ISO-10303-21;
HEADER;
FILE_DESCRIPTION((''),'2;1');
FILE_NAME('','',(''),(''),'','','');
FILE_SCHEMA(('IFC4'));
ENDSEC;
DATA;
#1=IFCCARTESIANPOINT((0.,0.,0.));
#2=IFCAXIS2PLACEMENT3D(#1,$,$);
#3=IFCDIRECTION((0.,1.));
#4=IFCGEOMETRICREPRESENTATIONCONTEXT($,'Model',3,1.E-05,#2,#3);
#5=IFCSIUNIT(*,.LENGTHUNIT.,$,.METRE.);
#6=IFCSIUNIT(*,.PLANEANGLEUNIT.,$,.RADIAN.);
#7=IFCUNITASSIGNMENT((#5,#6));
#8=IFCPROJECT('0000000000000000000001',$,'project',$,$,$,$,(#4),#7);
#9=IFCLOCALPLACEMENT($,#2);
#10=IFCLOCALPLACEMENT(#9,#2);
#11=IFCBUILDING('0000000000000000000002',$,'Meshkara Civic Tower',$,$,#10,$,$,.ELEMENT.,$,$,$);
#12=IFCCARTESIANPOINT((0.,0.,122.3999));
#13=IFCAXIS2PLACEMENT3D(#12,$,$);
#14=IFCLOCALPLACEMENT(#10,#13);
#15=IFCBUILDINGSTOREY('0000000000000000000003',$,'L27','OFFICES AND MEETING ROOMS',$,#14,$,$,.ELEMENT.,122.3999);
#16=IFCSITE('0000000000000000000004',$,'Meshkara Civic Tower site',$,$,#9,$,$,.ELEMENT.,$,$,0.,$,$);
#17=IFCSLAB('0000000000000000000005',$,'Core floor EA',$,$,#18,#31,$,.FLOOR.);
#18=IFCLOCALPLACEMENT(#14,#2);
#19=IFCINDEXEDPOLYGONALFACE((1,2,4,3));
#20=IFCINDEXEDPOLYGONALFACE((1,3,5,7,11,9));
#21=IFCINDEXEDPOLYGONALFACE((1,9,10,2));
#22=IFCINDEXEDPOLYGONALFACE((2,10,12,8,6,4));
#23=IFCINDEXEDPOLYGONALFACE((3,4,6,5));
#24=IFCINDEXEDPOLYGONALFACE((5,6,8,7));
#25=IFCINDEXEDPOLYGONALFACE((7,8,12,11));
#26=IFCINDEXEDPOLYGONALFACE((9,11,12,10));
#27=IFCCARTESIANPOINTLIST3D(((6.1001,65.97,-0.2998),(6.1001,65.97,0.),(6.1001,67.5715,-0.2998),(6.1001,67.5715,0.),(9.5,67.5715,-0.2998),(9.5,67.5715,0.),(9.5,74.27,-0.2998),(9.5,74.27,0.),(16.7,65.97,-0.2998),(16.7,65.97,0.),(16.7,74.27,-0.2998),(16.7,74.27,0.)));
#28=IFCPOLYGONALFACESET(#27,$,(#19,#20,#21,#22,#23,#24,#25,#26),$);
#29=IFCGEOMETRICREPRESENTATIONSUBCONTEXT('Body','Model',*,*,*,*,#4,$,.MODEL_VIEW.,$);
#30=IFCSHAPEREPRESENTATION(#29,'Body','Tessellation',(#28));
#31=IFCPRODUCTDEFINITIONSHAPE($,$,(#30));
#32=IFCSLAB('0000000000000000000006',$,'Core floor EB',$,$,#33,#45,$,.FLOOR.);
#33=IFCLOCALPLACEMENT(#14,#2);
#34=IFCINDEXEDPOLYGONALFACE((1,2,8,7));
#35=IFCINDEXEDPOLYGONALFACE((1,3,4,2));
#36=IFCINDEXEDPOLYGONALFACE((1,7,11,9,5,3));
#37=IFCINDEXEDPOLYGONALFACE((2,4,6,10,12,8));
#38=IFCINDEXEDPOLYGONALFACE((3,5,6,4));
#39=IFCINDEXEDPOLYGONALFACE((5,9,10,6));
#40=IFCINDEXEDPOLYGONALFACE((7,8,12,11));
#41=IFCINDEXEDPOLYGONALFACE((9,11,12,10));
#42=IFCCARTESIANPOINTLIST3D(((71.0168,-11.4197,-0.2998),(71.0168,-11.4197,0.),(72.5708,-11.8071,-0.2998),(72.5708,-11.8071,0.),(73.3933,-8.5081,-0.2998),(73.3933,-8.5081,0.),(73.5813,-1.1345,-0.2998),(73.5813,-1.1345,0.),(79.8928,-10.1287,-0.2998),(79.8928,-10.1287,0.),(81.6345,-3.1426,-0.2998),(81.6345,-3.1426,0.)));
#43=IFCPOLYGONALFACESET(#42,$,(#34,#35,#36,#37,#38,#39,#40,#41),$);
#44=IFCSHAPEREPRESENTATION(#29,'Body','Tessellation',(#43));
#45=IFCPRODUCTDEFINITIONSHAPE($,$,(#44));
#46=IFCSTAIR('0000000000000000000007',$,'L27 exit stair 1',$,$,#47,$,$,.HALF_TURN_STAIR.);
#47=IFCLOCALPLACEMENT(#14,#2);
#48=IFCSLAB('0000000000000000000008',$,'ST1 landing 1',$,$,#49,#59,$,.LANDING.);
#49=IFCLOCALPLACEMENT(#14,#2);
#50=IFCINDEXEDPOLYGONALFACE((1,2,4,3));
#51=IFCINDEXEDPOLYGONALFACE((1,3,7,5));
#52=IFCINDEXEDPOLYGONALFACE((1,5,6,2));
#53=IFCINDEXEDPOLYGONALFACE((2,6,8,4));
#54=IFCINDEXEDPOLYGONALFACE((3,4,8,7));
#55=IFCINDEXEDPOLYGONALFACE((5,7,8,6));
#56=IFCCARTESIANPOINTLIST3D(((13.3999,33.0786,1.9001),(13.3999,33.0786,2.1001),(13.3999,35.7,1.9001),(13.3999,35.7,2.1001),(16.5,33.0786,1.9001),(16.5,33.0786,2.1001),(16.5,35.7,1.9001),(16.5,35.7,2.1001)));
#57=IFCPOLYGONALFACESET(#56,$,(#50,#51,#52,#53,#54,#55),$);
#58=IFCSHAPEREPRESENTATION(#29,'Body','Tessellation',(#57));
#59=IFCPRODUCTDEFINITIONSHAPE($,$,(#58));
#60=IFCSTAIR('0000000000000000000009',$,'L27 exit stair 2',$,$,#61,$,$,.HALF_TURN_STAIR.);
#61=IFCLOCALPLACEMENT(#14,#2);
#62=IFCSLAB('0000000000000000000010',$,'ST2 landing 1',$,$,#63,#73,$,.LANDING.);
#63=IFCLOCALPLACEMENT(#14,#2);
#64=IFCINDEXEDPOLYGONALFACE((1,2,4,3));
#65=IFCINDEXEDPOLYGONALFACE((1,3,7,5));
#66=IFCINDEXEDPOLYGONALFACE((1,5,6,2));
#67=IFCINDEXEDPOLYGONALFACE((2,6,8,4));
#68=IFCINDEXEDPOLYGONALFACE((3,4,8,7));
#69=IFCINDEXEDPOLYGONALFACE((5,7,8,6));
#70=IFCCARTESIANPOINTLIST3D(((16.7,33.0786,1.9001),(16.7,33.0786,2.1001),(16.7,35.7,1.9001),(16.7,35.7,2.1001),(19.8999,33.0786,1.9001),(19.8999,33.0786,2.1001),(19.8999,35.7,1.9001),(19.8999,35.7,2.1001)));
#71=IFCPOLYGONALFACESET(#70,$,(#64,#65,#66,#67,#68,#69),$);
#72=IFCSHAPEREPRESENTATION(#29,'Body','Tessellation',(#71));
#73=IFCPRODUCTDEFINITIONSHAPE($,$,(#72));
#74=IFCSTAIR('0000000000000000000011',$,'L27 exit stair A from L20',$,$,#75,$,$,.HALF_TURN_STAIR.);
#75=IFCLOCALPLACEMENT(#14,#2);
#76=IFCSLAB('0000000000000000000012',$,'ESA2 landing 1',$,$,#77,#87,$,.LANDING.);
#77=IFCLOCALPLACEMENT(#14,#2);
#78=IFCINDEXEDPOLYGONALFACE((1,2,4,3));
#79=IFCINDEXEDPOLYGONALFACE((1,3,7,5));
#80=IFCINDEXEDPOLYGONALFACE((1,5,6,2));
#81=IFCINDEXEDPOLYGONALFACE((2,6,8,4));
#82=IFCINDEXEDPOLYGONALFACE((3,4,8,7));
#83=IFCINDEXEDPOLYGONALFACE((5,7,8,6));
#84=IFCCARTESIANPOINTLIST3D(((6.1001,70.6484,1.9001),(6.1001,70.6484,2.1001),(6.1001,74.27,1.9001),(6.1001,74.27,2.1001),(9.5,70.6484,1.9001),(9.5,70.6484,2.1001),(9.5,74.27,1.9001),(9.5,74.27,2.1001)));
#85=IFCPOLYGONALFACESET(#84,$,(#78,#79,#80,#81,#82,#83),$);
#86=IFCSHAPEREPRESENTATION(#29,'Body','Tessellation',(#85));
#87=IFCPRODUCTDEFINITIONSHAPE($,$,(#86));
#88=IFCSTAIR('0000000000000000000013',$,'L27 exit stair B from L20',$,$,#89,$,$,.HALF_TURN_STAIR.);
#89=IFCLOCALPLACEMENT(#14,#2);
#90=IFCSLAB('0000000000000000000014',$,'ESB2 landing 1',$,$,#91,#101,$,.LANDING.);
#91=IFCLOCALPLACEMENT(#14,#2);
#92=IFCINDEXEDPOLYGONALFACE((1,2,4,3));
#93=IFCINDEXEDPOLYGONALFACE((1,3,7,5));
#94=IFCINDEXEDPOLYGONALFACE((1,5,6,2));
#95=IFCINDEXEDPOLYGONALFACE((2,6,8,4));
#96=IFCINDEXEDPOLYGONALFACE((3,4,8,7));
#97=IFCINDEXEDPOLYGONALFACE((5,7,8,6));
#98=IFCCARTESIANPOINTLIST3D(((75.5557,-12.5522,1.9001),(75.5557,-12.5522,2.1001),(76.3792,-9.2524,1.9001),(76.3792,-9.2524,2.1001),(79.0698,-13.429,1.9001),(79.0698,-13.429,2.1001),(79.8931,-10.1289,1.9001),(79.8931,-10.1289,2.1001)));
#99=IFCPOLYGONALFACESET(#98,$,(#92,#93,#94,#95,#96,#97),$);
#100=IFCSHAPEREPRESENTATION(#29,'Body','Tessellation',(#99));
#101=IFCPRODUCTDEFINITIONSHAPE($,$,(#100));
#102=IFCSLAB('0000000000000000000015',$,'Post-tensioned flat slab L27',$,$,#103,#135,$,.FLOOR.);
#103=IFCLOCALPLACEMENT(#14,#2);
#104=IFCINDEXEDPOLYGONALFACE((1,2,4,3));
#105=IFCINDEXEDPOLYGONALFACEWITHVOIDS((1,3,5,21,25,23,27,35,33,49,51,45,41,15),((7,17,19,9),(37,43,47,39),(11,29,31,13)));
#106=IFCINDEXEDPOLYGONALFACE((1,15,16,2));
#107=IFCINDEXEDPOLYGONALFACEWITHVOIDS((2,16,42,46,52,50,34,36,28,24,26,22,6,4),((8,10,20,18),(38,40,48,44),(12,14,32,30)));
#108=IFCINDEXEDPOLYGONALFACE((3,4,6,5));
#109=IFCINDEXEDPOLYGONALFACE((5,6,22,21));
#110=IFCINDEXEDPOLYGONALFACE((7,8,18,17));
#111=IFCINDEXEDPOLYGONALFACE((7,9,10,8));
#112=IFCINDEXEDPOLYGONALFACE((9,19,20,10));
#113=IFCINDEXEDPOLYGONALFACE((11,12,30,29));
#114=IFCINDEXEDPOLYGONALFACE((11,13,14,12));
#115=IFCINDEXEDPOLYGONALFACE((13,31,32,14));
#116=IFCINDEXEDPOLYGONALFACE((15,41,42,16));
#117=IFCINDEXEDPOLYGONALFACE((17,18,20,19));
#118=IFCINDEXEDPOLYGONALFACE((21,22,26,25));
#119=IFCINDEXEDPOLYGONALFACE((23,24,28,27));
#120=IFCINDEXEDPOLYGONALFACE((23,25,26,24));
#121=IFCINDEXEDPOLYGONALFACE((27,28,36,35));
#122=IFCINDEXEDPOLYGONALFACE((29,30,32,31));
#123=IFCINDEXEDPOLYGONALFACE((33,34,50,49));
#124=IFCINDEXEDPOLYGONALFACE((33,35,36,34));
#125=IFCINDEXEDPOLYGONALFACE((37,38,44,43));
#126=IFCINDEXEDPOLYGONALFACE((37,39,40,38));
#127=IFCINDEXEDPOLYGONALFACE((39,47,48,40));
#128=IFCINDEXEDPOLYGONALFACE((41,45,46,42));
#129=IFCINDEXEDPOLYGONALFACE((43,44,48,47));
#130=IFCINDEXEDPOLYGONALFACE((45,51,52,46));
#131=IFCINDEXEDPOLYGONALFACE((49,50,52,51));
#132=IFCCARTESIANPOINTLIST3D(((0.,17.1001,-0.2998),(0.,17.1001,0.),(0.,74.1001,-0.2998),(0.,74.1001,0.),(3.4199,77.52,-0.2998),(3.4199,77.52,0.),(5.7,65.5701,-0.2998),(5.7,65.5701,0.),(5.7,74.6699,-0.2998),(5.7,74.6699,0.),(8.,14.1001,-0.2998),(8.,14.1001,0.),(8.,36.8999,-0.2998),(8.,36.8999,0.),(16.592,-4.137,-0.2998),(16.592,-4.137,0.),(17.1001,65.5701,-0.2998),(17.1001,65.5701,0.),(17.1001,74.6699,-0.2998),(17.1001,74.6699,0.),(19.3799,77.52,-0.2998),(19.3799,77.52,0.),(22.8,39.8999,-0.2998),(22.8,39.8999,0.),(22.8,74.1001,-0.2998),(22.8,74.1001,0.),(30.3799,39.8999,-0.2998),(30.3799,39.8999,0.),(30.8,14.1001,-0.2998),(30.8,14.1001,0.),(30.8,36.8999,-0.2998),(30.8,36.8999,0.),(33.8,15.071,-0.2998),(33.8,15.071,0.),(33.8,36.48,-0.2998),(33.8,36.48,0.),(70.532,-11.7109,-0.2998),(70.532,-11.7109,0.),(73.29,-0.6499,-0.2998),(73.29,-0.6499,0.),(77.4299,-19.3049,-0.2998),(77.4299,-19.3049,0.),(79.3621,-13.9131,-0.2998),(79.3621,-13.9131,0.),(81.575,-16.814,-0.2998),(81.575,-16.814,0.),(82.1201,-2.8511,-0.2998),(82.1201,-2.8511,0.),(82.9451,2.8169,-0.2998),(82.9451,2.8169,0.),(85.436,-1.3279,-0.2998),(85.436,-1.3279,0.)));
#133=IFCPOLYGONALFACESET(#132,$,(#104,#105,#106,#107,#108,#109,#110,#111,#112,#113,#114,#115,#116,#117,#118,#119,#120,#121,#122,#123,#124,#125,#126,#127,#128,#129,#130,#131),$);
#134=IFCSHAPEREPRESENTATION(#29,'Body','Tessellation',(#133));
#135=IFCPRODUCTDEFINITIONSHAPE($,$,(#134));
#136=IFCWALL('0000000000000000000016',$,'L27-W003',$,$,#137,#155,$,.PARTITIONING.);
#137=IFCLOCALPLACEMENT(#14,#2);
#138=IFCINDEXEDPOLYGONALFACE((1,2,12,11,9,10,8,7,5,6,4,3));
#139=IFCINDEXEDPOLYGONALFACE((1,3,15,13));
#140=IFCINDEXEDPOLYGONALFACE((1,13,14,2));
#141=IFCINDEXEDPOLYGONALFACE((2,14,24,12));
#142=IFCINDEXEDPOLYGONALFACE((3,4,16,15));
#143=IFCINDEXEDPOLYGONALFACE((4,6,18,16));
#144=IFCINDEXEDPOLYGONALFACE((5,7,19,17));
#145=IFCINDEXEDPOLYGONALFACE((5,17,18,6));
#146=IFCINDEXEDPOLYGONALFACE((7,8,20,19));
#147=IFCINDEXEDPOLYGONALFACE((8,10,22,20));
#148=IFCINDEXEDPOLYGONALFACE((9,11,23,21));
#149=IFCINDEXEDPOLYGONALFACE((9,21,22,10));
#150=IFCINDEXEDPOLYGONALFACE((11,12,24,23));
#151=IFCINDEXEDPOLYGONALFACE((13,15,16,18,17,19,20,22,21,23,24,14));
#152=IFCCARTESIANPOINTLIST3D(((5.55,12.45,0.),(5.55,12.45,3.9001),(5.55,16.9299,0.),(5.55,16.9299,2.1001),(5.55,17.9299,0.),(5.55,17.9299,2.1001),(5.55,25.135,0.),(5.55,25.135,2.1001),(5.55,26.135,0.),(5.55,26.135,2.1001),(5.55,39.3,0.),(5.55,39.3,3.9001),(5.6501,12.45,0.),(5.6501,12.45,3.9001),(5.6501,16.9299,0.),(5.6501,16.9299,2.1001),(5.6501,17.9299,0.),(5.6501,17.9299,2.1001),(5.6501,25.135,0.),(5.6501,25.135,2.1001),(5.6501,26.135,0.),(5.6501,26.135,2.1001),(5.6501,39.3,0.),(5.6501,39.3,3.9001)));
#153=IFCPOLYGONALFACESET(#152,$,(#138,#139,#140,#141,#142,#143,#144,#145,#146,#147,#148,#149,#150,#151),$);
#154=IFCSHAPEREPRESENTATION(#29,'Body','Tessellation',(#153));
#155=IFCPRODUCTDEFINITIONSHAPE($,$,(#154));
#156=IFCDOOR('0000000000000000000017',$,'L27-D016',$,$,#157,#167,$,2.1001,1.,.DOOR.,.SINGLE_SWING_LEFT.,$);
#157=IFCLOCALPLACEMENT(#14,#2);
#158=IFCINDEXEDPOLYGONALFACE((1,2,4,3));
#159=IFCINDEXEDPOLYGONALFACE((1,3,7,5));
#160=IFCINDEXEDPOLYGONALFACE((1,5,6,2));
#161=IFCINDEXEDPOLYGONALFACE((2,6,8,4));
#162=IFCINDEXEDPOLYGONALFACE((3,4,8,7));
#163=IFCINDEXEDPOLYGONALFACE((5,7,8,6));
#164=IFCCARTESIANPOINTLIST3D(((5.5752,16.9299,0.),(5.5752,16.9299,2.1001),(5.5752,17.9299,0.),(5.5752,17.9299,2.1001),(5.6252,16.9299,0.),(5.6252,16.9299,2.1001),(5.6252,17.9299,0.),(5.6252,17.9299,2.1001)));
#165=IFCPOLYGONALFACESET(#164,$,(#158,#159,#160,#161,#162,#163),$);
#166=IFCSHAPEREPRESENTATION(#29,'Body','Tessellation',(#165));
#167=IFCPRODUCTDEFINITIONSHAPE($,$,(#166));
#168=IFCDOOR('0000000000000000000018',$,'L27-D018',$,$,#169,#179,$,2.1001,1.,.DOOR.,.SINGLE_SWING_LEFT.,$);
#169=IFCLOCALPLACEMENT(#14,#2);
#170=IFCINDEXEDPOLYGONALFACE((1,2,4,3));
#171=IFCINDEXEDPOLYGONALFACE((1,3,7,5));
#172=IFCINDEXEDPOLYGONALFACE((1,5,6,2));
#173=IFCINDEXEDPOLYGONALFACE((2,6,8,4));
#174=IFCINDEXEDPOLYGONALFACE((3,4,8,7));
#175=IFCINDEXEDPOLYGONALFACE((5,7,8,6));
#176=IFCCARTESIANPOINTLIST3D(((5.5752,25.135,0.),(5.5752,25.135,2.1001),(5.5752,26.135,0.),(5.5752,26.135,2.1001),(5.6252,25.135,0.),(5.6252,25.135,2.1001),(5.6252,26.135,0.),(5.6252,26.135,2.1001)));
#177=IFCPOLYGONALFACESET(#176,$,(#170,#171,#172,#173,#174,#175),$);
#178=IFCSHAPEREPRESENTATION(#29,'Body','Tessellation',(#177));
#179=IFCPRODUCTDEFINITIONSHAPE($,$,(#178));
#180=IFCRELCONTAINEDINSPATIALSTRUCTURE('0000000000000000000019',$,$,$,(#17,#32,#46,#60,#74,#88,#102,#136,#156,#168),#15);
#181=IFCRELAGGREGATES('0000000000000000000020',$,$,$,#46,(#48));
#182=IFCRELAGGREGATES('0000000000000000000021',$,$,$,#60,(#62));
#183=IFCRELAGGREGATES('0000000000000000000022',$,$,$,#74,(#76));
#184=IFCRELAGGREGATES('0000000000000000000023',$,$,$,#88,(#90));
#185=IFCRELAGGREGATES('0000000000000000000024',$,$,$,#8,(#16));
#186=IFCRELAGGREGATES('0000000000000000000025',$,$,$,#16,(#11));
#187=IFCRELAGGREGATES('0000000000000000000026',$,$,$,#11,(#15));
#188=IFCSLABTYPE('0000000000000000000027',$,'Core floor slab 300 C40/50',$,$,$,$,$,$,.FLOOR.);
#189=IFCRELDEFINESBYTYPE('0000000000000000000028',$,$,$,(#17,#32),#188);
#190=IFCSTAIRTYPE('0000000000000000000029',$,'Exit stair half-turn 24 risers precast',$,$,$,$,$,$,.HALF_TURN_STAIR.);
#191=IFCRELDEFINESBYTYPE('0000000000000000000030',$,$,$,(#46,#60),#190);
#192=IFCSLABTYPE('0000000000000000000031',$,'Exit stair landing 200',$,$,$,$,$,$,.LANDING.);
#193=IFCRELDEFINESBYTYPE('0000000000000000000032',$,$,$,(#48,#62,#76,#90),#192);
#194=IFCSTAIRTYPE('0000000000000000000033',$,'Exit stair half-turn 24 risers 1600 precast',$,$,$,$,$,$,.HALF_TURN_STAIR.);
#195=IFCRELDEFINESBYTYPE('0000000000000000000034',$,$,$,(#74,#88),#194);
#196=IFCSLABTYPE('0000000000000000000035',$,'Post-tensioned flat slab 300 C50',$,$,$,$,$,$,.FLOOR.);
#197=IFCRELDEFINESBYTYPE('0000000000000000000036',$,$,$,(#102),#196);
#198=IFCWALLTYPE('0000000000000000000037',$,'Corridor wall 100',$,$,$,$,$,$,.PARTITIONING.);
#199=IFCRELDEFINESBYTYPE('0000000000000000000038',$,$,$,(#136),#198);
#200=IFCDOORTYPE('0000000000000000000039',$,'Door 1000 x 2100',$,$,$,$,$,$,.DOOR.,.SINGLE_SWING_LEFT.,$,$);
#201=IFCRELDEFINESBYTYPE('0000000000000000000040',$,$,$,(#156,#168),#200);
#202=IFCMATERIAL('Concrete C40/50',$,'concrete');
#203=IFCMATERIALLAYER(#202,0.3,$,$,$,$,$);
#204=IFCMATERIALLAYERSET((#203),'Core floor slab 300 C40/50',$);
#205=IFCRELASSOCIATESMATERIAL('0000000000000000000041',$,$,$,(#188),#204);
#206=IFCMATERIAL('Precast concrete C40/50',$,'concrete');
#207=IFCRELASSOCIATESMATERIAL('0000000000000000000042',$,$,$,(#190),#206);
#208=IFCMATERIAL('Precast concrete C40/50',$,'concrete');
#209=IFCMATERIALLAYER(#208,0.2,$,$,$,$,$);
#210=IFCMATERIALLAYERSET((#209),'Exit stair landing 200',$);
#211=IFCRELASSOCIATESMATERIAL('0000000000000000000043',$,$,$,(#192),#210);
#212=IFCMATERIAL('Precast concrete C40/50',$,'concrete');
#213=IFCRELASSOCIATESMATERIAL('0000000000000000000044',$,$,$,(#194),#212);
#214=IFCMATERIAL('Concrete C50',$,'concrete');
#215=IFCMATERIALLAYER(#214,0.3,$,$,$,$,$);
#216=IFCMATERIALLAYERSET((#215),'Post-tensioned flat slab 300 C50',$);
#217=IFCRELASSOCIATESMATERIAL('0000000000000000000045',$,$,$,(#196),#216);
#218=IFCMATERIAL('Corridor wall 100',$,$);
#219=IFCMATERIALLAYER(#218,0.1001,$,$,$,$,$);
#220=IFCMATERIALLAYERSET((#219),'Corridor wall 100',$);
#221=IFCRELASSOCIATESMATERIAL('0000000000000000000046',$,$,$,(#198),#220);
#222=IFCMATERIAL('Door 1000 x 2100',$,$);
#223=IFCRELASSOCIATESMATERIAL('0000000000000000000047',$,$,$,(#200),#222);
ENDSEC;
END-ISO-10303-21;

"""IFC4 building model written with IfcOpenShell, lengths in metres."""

from ifc_helpers import new_model, si_unit, direction, frame, frame_2d, origin, place, context, subcontext, project, spatial, polyline, rectangle, outline, extrude, material, layer, layer_set, type_object, element, fill, aggregate, save


model = new_model("IFC4")

# Units and contexts
model_context = context("Model", 3, precision=1e-05, world=origin(), true_north=direction((0.0, 1.0)))
body_context = subcontext(model_context, "Body", "Model", "MODEL_VIEW")
ifc_project = project(units=[si_unit("LENGTHUNIT", "METRE"), si_unit("PLANEANGLEUNIT", "RADIAN")], contexts=[model_context])

# Site, building, storey
site_placement = place(None, origin())
site = spatial("IfcSite", under=ifc_project, at=site_placement, Name="Meshkara Civic Tower site", CompositionType="ELEMENT", RefElevation=0.0)
building_placement = place(site_placement, origin())
building = spatial("IfcBuilding", under=site, at=building_placement, Name="Meshkara Civic Tower", CompositionType="ELEMENT")
storey_placement = place(building_placement, frame((0.0, 0.0, 122.3999)))
storey = spatial("IfcBuildingStorey", under=building, at=storey_placement, Name="L27", Description="OFFICES AND MEETING ROOMS", CompositionType="ELEMENT", Elevation=122.3999)

# Slabs
ifc_material_1 = material(Name="Concrete C40/50", Category="concrete")
ifc_layer_1 = layer(ifc_material_1, 0.3)
ifc_layer_set_1 = layer_set([ifc_layer_1], Name="Core floor slab 300 C40/50")
slab_type_1 = type_object("IfcSlabType", Name="Core floor slab 300 C40/50", PredefinedType="FLOOR", material=ifc_layer_set_1)
slab_1_placement = place(storey_placement, frame((0.0, 0.0, -0.2998)))
element("IfcSlab", 1, at=slab_1_placement, inside=storey, type_object=slab_type_1, Name="Core floor EA", PredefinedType="FLOOR", context=body_context, shape_type="SweptSolid", body=[
    extrude(outline(polyline([(16.7, 65.97), (16.7, 74.27), (9.5, 74.27), (9.5, 67.5715), (6.1001, 67.5715), (6.1001, 65.97), (16.7, 65.97)])), origin(), (0.0, 0.0, 1.0), 0.2998),
])
slab_2_placement = place(storey_placement, frame((0.0, 0.0, -0.2998)))
element("IfcSlab", 2, at=slab_2_placement, inside=storey, type_object=slab_type_1, Name="Core floor EB", PredefinedType="FLOOR", context=body_context, shape_type="SweptSolid", body=[
    extrude(outline(polyline([(73.5813, -1.1345), (81.6345, -3.1426), (79.8928, -10.1287), (73.3933, -8.5081), (72.5708, -11.8071), (71.0168, -11.4197), (73.5813, -1.1345)])), origin(), (0.0, 0.0, 1.0), 0.2998),
])

# Stairs, slabs
ifc_material_2 = material(Name="Precast concrete C40/50", Category="concrete")
stair_type_1 = type_object("IfcStairType", Name="Exit stair half-turn 24 risers precast", PredefinedType="HALF_TURN_STAIR", material=ifc_material_2)
stair_1_placement = place(storey_placement, origin())
stair_1 = element("IfcStair", 3, at=stair_1_placement, inside=storey, type_object=stair_type_1, Name="L27 exit stair 1", PredefinedType="HALF_TURN_STAIR")
ifc_material_3 = material(Name="Precast concrete C40/50", Category="concrete")
ifc_layer_2 = layer(ifc_material_3, 0.2)
ifc_layer_set_2 = layer_set([ifc_layer_2], Name="Exit stair landing 200")
slab_type_2 = type_object("IfcSlabType", Name="Exit stair landing 200", PredefinedType="LANDING", material=ifc_layer_set_2)
slab_3_placement = place(storey_placement, frame((0.0, 0.0, 1.9001)))
slab_3 = element("IfcSlab", 4, at=slab_3_placement, type_object=slab_type_2, Name="ST1 landing 1", PredefinedType="LANDING", context=body_context, shape_type="SweptSolid", body=[
    extrude(outline(polyline([(16.5, 33.0786), (16.5, 35.7), (13.3999, 35.7), (13.3999, 33.0786), (16.5, 33.0786)])), origin(), (0.0, 0.0, 1.0), 0.2),
])
aggregate(stair_1, [slab_3])
stair_2_placement = place(storey_placement, origin())
stair_2 = element("IfcStair", 5, at=stair_2_placement, inside=storey, type_object=stair_type_1, Name="L27 exit stair 2", PredefinedType="HALF_TURN_STAIR")
slab_4_placement = place(storey_placement, frame((0.0, 0.0, 1.9001)))
slab_4 = element("IfcSlab", 6, at=slab_4_placement, type_object=slab_type_2, Name="ST2 landing 1", PredefinedType="LANDING", context=body_context, shape_type="SweptSolid", body=[
    extrude(outline(polyline([(19.8999, 33.0786), (19.8999, 35.7), (16.7, 35.7), (16.7, 33.0786), (19.8999, 33.0786)])), origin(), (0.0, 0.0, 1.0), 0.2),
])
aggregate(stair_2, [slab_4])
ifc_material_4 = material(Name="Precast concrete C40/50", Category="concrete")
stair_type_2 = type_object("IfcStairType", Name="Exit stair half-turn 24 risers 1600 precast", PredefinedType="HALF_TURN_STAIR", material=ifc_material_4)
stair_3_placement = place(storey_placement, origin())
stair_3 = element("IfcStair", 7, at=stair_3_placement, inside=storey, type_object=stair_type_2, Name="L27 exit stair A from L20", PredefinedType="HALF_TURN_STAIR")
slab_5_placement = place(storey_placement, frame((0.0, 0.0, 1.9001)))
slab_5 = element("IfcSlab", 8, at=slab_5_placement, type_object=slab_type_2, Name="ESA2 landing 1", PredefinedType="LANDING", context=body_context, shape_type="SweptSolid", body=[
    extrude(outline(polyline([(9.5, 70.6484), (9.5, 74.27), (6.1001, 74.27), (6.1001, 70.6484), (9.5, 70.6484)])), origin(), (0.0, 0.0, 1.0), 0.2),
])
aggregate(stair_3, [slab_5])
stair_4_placement = place(storey_placement, origin())
stair_4 = element("IfcStair", 9, at=stair_4_placement, inside=storey, type_object=stair_type_2, Name="L27 exit stair B from L20", PredefinedType="HALF_TURN_STAIR")
slab_6_placement = place(storey_placement, frame((0.0, 0.0, 1.9001)))
slab_6 = element("IfcSlab", 10, at=slab_6_placement, type_object=slab_type_2, Name="ESB2 landing 1", PredefinedType="LANDING", context=body_context, shape_type="SweptSolid", body=[
    extrude(outline(polyline([(75.5557, -12.5522), (79.0698, -13.429), (79.8931, -10.1289), (76.3792, -9.2524), (75.5557, -12.5522)])), origin(), (0.0, 0.0, 1.0), 0.2),
])
aggregate(stair_4, [slab_6])

# Slab
ifc_material_5 = material(Name="Concrete C50", Category="concrete")
ifc_layer_3 = layer(ifc_material_5, 0.3)
ifc_layer_set_3 = layer_set([ifc_layer_3], Name="Post-tensioned flat slab 300 C50")
slab_type_3 = type_object("IfcSlabType", Name="Post-tensioned flat slab 300 C50", PredefinedType="FLOOR", material=ifc_layer_set_3)
slab_7_placement = place(storey_placement, frame((0.0, 0.0, -0.2998)))
element("IfcSlab", 11, at=slab_7_placement, inside=storey, type_object=slab_type_3, Name="Post-tensioned flat slab L27", PredefinedType="FLOOR", context=body_context, shape_type="SweptSolid", body=[
    extrude(outline(polyline([(81.575, -16.814), (77.4299, -19.3049), (16.592, -4.137), (0.0, 17.1001), (0.0, 74.1001), (3.4199, 77.52), (19.3799, 77.52), (22.8, 74.1001), (22.8, 39.8999), (30.3799, 39.8999), (33.8, 36.48), (33.8, 15.071), (82.9451, 2.8169), (85.436, -1.3279), (81.575, -16.814)]), holes=[polyline([(79.3621, -13.9131), (82.1201, -2.8511), (73.29, -0.6499), (70.532, -11.7109), (79.3621, -13.9131)]), polyline([(8.0, 14.1001), (30.8, 14.1001), (30.8, 36.8999), (8.0, 36.8999), (8.0, 14.1001)]), polyline([(5.7, 74.6699), (5.7, 65.5701), (17.1001, 65.5701), (17.1001, 74.6699), (5.7, 74.6699)])]), origin(), (0.0, 0.0, 1.0), 0.2998),
])

# Wall, openings, doors
ifc_material_6 = material(Name="Corridor wall 100")
ifc_layer_4 = layer(ifc_material_6, 0.1001)
ifc_layer_set_4 = layer_set([ifc_layer_4], Name="Corridor wall 100")
wall_type_1 = type_object("IfcWallType", Name="Corridor wall 100", PredefinedType="PARTITIONING", material=ifc_layer_set_4)
wall_1_placement = place(storey_placement, frame((5.6001, 12.45, 0.0), z_axis=(0.0, 0.0, 1.0), x_axis=(0.0, 1.0, 0.0)))
wall_1 = element("IfcWall", 12, at=wall_1_placement, inside=storey, type_object=wall_type_1, Name="L27-W003", PredefinedType="PARTITIONING", context=body_context, shape_type="SweptSolid", body=[
    extrude(rectangle(XDim=26.8501, YDim=0.1001, at=frame_2d((13.425, 0.0))), origin(), (0.0, 0.0, 1.0), 3.9001),
])
opening_1_placement = place(wall_1_placement, frame((4.48, 0.0, 0.0)))
opening_1 = element("IfcOpeningElement", 13, at=opening_1_placement, cuts=wall_1, PredefinedType="OPENING", context=body_context, shape_type="SweptSolid", body=[
    extrude(rectangle(XDim=1.0, YDim=2.1001, at=frame_2d((0.5, 1.05))), frame((0.0, 0.0601, 0.0), z_axis=(0.0, -1.0, 0.0), x_axis=(1.0, 0.0, 0.0)), (0.0, 0.0, 1.0), 0.1201),
])
opening_2_placement = place(wall_1_placement, frame((12.6851, 0.0, 0.0)))
opening_2 = element("IfcOpeningElement", 14, at=opening_2_placement, cuts=wall_1, PredefinedType="OPENING", context=body_context, shape_type="SweptSolid", body=[
    extrude(rectangle(XDim=1.0, YDim=2.1001, at=frame_2d((0.5, 1.05))), frame((0.0, 0.0601, 0.0), z_axis=(0.0, -1.0, 0.0), x_axis=(1.0, 0.0, 0.0)), (0.0, 0.0, 1.0), 0.1201),
])
ifc_material_7 = material(Name="Door 1000 x 2100")
door_type = type_object("IfcDoorType", Name="Door 1000 x 2100", OperationType="SINGLE_SWING_LEFT", PredefinedType="DOOR", material=ifc_material_7)
door_1_placement = place(opening_1_placement, origin())
door_1 = element("IfcDoor", 15, at=door_1_placement, inside=storey, type_object=door_type, Name="L27-D016", OperationType="SINGLE_SWING_LEFT", OverallHeight=2.1001, OverallWidth=1.0, PredefinedType="DOOR", context=body_context, shape_type="SweptSolid", body=[
    extrude(rectangle(XDim=1.0, YDim=2.1001, at=frame_2d((0.5, 1.05))), frame((0.0, 0.0249, 0.0), z_axis=(0.0, -1.0, 0.0), x_axis=(1.0, 0.0, 0.0)), (0.0, 0.0, 1.0), 0.05),
])
fill(opening_1, door_1)
door_2_placement = place(opening_2_placement, origin())
door_2 = element("IfcDoor", 16, at=door_2_placement, inside=storey, type_object=door_type, Name="L27-D018", OperationType="SINGLE_SWING_LEFT", OverallHeight=2.1001, OverallWidth=1.0, PredefinedType="DOOR", context=body_context, shape_type="SweptSolid", body=[
    extrude(rectangle(XDim=1.0, YDim=2.1001, at=frame_2d((0.5, 1.05))), frame((0.0, 0.0249, 0.0), z_axis=(0.0, -1.0, 0.0), x_axis=(1.0, 0.0, 0.0)), (0.0, 0.0, 1.0), 0.05),
])
fill(opening_2, door_2)

save(model, "model.ifc")
